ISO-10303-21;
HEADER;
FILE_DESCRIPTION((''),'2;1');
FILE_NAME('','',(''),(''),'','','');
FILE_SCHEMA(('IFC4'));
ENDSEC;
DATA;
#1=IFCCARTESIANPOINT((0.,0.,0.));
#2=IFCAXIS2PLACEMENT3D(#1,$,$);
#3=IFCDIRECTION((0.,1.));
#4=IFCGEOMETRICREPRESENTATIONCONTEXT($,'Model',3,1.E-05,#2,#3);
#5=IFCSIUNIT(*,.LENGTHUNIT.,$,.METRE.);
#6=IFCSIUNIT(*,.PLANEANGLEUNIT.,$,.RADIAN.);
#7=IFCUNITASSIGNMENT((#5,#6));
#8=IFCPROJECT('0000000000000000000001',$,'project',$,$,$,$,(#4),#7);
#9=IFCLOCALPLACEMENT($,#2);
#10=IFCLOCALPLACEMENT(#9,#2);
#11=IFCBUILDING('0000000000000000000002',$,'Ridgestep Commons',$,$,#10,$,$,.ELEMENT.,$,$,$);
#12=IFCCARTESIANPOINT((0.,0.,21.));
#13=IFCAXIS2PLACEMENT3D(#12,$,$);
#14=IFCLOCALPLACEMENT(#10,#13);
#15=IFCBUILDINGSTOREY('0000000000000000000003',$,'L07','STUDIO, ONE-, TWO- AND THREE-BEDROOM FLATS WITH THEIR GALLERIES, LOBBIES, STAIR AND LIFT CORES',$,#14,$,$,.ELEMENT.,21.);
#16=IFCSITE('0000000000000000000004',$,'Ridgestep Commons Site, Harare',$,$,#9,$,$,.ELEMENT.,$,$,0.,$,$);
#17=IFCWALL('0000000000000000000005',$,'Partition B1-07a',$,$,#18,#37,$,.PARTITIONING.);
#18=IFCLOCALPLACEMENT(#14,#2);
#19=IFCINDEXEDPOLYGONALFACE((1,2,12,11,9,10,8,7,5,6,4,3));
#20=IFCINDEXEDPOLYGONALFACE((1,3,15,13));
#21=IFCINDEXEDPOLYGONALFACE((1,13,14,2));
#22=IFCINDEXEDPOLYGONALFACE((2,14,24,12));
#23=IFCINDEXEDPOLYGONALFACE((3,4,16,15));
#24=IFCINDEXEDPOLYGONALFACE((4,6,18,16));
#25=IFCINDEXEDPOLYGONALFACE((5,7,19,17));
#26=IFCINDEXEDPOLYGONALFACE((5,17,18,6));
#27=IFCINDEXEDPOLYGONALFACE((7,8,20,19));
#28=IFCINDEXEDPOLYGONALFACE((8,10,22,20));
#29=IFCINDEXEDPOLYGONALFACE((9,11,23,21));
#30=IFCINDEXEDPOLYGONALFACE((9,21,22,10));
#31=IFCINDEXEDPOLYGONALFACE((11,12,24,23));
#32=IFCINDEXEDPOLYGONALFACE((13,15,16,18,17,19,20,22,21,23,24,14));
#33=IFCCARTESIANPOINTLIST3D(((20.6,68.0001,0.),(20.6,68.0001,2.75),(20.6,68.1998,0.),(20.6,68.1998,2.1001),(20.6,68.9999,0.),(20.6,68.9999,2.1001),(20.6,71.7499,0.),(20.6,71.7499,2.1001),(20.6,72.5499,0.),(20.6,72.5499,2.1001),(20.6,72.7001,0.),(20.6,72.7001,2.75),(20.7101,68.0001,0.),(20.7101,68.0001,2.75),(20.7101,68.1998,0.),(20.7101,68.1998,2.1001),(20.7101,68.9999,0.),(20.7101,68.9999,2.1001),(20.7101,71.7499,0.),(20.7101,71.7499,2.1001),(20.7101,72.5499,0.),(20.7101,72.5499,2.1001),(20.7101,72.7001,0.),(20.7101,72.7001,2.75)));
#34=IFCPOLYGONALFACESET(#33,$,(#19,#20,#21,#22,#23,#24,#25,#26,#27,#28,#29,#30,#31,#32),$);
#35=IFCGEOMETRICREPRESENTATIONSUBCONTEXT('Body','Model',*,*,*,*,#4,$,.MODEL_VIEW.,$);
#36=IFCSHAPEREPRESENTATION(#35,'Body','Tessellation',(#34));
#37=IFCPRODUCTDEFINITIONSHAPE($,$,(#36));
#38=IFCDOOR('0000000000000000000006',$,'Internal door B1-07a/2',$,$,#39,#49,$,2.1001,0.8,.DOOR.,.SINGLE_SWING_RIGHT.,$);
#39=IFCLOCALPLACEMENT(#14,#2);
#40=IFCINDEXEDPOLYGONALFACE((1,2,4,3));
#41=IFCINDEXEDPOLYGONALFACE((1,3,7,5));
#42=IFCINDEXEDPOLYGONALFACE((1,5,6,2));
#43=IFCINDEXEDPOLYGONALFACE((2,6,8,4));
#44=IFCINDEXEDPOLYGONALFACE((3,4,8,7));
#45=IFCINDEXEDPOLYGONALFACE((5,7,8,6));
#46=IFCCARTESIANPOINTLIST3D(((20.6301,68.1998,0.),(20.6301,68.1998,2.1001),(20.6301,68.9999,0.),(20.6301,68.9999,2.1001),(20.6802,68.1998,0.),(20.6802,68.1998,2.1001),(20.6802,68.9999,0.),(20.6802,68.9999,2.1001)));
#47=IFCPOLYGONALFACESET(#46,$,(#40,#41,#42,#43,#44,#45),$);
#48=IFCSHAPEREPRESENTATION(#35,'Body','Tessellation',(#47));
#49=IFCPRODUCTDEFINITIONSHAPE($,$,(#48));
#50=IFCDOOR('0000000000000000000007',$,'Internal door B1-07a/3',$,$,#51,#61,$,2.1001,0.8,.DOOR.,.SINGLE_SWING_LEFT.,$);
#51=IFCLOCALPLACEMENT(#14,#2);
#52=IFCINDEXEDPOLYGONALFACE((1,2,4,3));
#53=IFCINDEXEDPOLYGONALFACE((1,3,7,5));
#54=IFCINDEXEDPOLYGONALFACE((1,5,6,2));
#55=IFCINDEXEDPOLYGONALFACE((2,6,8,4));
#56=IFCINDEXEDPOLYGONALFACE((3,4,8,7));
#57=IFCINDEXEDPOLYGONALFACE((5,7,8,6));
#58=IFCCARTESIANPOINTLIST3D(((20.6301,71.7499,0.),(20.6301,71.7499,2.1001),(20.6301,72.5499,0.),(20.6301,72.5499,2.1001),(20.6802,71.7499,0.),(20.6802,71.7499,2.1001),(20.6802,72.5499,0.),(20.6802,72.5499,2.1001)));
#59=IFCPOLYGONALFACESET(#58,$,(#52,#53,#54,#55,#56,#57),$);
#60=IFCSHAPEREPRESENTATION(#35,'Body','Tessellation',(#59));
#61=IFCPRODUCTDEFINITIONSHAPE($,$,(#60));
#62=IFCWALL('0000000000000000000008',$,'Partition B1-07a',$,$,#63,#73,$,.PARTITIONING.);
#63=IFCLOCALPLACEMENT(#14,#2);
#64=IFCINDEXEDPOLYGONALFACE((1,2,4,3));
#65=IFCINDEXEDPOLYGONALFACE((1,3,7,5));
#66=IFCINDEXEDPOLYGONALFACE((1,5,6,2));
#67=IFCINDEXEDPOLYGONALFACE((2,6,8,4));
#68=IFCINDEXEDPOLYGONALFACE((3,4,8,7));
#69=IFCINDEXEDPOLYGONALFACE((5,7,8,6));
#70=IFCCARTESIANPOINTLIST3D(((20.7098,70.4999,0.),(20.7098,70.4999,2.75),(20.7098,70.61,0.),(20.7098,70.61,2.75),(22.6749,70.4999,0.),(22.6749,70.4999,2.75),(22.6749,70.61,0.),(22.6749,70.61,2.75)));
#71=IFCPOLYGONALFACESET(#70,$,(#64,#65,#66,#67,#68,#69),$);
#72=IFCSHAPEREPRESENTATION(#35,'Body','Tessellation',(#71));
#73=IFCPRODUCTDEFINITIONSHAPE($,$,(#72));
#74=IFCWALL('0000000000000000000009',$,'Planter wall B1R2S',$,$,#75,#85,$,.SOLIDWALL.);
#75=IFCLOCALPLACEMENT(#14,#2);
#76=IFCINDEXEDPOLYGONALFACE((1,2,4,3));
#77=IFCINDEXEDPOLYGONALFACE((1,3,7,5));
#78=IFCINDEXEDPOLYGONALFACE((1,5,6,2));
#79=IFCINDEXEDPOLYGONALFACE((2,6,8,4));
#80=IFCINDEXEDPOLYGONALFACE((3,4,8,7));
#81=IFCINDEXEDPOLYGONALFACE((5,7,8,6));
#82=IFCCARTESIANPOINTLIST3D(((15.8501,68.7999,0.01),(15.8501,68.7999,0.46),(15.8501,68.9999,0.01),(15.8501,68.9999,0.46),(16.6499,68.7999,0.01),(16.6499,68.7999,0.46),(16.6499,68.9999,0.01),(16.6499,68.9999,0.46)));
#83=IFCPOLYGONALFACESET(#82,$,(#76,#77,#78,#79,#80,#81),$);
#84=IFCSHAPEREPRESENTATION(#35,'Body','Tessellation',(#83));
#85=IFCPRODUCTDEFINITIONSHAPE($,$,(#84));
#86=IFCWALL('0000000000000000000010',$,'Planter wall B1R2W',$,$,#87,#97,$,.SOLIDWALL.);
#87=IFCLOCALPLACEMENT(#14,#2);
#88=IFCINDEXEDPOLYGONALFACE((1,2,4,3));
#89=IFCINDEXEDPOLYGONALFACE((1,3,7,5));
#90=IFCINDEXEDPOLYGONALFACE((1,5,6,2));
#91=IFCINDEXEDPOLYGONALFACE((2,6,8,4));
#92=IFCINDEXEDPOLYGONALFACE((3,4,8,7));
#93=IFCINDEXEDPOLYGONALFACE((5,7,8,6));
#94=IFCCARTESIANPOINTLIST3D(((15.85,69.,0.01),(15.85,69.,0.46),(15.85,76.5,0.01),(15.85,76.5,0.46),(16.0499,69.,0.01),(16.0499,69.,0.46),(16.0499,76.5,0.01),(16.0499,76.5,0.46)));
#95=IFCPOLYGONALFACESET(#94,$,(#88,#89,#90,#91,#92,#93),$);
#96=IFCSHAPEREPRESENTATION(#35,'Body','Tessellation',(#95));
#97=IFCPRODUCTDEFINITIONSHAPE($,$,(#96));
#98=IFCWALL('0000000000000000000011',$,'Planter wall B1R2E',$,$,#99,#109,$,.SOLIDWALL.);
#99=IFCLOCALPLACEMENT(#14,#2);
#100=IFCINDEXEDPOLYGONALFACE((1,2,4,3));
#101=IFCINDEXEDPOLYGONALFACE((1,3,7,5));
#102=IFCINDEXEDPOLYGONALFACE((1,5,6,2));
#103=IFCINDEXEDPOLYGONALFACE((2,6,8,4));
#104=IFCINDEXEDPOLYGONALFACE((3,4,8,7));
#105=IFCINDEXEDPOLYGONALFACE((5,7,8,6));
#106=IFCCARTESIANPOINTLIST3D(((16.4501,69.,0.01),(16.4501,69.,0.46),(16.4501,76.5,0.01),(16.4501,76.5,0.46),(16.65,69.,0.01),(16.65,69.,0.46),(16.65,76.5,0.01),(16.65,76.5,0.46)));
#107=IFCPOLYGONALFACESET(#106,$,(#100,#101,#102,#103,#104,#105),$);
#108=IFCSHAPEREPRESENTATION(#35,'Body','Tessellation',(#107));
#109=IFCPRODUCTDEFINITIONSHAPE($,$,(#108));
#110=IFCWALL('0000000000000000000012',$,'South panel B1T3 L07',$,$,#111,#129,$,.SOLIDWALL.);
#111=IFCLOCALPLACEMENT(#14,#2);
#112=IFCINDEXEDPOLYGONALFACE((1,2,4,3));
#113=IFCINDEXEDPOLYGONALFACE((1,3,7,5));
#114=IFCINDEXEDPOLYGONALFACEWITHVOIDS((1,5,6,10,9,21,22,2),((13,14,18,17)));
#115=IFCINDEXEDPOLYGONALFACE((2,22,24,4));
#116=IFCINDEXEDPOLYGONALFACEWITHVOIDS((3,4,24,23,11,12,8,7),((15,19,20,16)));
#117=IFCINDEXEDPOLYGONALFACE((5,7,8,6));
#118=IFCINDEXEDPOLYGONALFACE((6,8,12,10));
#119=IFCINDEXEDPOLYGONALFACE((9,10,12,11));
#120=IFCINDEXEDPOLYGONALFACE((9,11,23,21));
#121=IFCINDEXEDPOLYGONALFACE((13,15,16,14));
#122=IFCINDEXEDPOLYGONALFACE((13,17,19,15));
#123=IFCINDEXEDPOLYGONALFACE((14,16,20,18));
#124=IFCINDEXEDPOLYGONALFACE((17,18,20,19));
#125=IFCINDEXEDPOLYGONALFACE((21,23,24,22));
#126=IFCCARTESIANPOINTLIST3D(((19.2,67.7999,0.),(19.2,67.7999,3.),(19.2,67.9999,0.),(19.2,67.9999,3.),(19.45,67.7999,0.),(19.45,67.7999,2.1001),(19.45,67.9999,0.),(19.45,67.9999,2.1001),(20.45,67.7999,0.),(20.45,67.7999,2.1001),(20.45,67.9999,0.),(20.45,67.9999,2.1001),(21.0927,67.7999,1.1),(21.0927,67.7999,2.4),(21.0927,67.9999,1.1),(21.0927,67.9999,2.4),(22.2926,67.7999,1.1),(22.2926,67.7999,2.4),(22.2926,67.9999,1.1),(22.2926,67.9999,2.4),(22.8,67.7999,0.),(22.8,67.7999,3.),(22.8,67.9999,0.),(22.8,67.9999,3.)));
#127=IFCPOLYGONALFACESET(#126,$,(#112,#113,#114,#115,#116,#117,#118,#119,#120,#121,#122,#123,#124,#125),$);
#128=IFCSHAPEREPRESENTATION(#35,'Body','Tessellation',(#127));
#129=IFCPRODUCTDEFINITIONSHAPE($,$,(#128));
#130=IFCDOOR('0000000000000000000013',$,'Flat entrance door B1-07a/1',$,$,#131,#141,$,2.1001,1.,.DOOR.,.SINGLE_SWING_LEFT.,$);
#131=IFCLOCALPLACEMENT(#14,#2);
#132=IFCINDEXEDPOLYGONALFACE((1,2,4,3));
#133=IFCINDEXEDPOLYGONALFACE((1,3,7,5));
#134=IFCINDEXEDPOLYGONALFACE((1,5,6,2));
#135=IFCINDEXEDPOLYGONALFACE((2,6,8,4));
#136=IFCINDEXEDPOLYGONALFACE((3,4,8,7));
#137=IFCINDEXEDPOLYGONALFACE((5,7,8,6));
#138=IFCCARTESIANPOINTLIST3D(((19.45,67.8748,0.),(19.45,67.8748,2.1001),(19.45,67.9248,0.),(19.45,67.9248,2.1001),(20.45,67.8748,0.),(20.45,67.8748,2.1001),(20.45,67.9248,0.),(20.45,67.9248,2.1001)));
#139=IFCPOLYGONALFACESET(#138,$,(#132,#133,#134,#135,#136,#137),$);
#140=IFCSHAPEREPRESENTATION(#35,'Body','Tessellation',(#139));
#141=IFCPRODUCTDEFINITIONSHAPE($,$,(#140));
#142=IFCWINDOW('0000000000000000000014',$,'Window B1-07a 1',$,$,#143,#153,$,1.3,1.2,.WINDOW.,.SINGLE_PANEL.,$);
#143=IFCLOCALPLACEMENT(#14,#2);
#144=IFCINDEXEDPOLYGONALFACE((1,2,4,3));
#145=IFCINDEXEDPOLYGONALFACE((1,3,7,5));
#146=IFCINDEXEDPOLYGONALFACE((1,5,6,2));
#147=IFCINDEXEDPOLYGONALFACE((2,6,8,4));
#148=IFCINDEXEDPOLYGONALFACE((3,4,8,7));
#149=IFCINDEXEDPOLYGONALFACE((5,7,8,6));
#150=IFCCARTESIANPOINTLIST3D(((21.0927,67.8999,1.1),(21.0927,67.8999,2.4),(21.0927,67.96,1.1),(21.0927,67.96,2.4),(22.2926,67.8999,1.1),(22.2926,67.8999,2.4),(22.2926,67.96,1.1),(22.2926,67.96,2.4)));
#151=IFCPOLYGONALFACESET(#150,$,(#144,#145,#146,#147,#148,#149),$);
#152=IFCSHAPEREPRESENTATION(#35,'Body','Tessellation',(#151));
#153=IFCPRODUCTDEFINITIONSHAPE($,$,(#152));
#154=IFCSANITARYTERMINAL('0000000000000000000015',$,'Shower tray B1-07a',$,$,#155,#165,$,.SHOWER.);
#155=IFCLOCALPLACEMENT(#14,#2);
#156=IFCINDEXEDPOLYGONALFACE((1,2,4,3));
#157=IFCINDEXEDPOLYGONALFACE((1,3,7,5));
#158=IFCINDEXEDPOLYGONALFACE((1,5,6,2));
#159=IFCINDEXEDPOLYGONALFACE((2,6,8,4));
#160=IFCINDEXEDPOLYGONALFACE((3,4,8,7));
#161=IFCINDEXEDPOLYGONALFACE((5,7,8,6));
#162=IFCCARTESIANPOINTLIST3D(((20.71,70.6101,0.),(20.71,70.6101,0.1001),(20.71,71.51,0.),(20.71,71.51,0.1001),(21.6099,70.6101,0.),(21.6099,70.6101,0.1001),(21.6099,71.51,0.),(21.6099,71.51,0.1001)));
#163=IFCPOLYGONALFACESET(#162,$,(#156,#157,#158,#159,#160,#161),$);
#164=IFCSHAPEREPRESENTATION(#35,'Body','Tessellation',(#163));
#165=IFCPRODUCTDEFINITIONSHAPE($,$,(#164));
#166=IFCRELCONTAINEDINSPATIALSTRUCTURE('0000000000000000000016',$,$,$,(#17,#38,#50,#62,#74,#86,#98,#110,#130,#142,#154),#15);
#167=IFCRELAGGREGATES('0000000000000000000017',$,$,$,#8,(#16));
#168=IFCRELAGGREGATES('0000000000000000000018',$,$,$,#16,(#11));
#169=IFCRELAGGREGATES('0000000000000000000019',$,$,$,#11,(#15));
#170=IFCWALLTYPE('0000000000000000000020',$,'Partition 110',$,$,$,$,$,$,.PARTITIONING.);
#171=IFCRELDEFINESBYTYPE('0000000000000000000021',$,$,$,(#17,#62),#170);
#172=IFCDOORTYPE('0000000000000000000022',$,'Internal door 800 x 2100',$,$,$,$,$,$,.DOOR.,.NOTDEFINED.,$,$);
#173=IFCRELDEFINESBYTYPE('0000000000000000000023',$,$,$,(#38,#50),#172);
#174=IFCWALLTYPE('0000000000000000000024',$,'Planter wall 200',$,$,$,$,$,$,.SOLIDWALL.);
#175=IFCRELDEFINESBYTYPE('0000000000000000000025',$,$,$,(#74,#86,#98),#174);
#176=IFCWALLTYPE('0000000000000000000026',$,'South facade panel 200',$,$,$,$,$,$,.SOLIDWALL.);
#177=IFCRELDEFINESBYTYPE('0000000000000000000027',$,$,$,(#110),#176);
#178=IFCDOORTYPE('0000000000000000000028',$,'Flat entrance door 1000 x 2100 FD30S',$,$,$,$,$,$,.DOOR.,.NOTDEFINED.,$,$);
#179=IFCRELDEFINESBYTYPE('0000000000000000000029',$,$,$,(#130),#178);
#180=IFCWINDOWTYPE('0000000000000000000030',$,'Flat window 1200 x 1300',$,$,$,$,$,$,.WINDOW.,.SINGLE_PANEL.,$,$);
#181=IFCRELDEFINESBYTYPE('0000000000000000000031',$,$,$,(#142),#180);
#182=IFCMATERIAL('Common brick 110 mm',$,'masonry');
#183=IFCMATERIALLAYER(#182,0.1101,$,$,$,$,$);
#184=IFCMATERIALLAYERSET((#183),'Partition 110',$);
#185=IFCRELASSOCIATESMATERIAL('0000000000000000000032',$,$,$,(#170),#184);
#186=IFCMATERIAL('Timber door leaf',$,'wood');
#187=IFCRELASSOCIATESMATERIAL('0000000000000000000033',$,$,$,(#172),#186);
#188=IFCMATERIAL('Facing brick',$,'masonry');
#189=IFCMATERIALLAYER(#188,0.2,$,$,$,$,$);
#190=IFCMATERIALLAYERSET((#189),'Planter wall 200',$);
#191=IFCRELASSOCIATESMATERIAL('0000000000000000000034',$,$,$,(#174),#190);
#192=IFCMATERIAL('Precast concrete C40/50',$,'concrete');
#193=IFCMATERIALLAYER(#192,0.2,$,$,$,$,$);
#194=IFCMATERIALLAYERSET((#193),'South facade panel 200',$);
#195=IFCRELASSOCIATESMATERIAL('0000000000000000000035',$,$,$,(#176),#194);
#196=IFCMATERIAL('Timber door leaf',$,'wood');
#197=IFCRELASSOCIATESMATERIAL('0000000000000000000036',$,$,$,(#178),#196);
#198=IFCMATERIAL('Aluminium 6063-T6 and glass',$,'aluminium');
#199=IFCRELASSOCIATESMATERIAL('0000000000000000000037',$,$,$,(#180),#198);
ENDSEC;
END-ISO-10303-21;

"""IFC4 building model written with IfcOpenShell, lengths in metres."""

from ifc_helpers import new_model, si_unit, direction, frame, frame_2d, origin, origin_2d, place, context, subcontext, project, spatial, rectangle, extrude, material, layer, layer_set, type_object, element, fill, save


model = new_model("IFC4")

# Units and contexts
model_context = context("Model", 3, precision=1e-05, world=origin(), true_north=direction((0.0, 1.0)))
body_context = subcontext(model_context, "Body", "Model", "MODEL_VIEW")
ifc_project = project(units=[si_unit("LENGTHUNIT", "METRE"), si_unit("PLANEANGLEUNIT", "RADIAN")], contexts=[model_context])

# Site, building, storey
site_placement = place(None, origin())
site = spatial("IfcSite", under=ifc_project, at=site_placement, Name="Ridgestep Commons Site, Harare", CompositionType="ELEMENT", RefElevation=0.0)
building_placement = place(site_placement, origin())
building = spatial("IfcBuilding", under=site, at=building_placement, Name="Ridgestep Commons", CompositionType="ELEMENT")
storey_placement = place(building_placement, frame((0.0, 0.0, 21.0)))
storey = spatial("IfcBuildingStorey", under=building, at=storey_placement, Name="L07", Description="STUDIO, ONE-, TWO- AND THREE-BEDROOM FLATS WITH THEIR GALLERIES, LOBBIES, STAIR AND LIFT CORES", CompositionType="ELEMENT", Elevation=21.0)

# Wall, openings, doors
ifc_material_1 = material(Name="Common brick 110 mm", Category="masonry")
ifc_layer_1 = layer(ifc_material_1, 0.1101)
ifc_layer_set_1 = layer_set([ifc_layer_1], Name="Partition 110")
wall_type_1 = type_object("IfcWallType", Name="Partition 110", PredefinedType="PARTITIONING", material=ifc_layer_set_1)
wall_1_placement = place(storey_placement, frame((20.655, 68.0, 0.0), z_axis=(0.0, 0.0, 1.0), x_axis=(0.0, 1.0, 0.0)))
wall_1 = element("IfcWall", 1, at=wall_1_placement, inside=storey, type_object=wall_type_1, Name="Partition B1-07a", PredefinedType="PARTITIONING", context=body_context, shape_type="SweptSolid", body=[
    extrude(rectangle(XDim=4.7, YDim=0.1101, at=frame_2d((2.3501, 0.0))), origin(), (0.0, 0.0, 1.0), 2.75),
])
opening_1_placement = place(wall_1_placement, frame((0.2, 0.0, 0.0)))
opening_1 = element("IfcOpeningElement", 2, at=opening_1_placement, cuts=wall_1, PredefinedType="OPENING", context=body_context, shape_type="SweptSolid", body=[
    extrude(rectangle(XDim=0.8, YDim=2.1001, at=frame_2d((0.3999, 1.05))), frame((0.0, 0.0649, 0.0), z_axis=(0.0, -1.0, 0.0), x_axis=(1.0, 0.0, 0.0)), (0.0, 0.0, 1.0), 0.1301),
])
opening_2_placement = place(wall_1_placement, frame((3.75, 0.0, 0.0)))
opening_2 = element("IfcOpeningElement", 3, at=opening_2_placement, cuts=wall_1, PredefinedType="OPENING", context=body_context, shape_type="SweptSolid", body=[
    extrude(rectangle(XDim=0.8, YDim=2.1001, at=frame_2d((0.3999, 1.05))), frame((0.0, 0.0649, 0.0), z_axis=(0.0, -1.0, 0.0), x_axis=(1.0, 0.0, 0.0)), (0.0, 0.0, 1.0), 0.1301),
])
ifc_material_2 = material(Name="Timber door leaf", Category="wood")
door_type_1 = type_object("IfcDoorType", Name="Internal door 800 x 2100", OperationType="NOTDEFINED", PredefinedType="DOOR", material=ifc_material_2)
door_1_placement = place(opening_1_placement, origin())
door_1 = element("IfcDoor", 4, at=door_1_placement, inside=storey, type_object=door_type_1, Name="Internal door B1-07a/2", OperationType="SINGLE_SWING_RIGHT", OverallHeight=2.1001, OverallWidth=0.8, PredefinedType="DOOR", context=body_context, shape_type="SweptSolid", body=[
    extrude(rectangle(XDim=0.8, YDim=2.1001, at=frame_2d((0.3999, 1.05))), frame((0.0, 0.0249, 0.0), z_axis=(0.0, -1.0, 0.0), x_axis=(1.0, 0.0, 0.0)), (0.0, 0.0, 1.0), 0.05),
])
fill(opening_1, door_1)
door_2_placement = place(opening_2_placement, origin())
door_2 = element("IfcDoor", 5, at=door_2_placement, inside=storey, type_object=door_type_1, Name="Internal door B1-07a/3", OperationType="SINGLE_SWING_LEFT", OverallHeight=2.1001, OverallWidth=0.8, PredefinedType="DOOR", context=body_context, shape_type="SweptSolid", body=[
    extrude(rectangle(XDim=0.8, YDim=2.1001, at=frame_2d((0.3999, 1.05))), frame((0.0, 0.0249, 0.0), z_axis=(0.0, -1.0, 0.0), x_axis=(1.0, 0.0, 0.0)), (0.0, 0.0, 1.0), 0.05),
])
fill(opening_2, door_2)

# Walls
wall_2_placement = place(storey_placement, frame((20.71, 70.5549, 0.0), z_axis=(0.0, 0.0, 1.0), x_axis=(1.0, 0.0, 0.0)))
element("IfcWall", 6, at=wall_2_placement, inside=storey, type_object=wall_type_1, Name="Partition B1-07a", PredefinedType="PARTITIONING", context=body_context, shape_type="SweptSolid", body=[
    extrude(rectangle(XDim=1.9651, YDim=0.1101, at=frame_2d((0.9824, 0.0))), origin(), (0.0, 0.0, 1.0), 2.75),
])
ifc_material_3 = material(Name="Facing brick", Category="masonry")
ifc_layer_2 = layer(ifc_material_3, 0.2)
ifc_layer_set_2 = layer_set([ifc_layer_2], Name="Planter wall 200")
wall_type_2 = type_object("IfcWallType", Name="Planter wall 200", PredefinedType="SOLIDWALL", material=ifc_layer_set_2)
wall_3_placement = place(storey_placement, frame((15.8501, 68.8999, 0.01), z_axis=(0.0, 0.0, 1.0), x_axis=(1.0, 0.0, 0.0)))
element("IfcWall", 7, at=wall_3_placement, inside=storey, type_object=wall_type_2, Name="Planter wall B1R2S", PredefinedType="SOLIDWALL", context=body_context, shape_type="SweptSolid", body=[
    extrude(rectangle(XDim=0.7998, YDim=0.2, at=frame_2d((0.3999, 0.0))), origin(), (0.0, 0.0, 1.0), 0.45),
])
for number, where, z_axis, x_axis, name in (
    (8, (15.95, 69.0, 0.01), (0.0, 0.0, 1.0), (0.0, 1.0, 0.0), "Planter wall B1R2W"),
    (9, (16.55, 69.0, 0.01), (0.0, 0.0, 1.0), (0.0, 1.0, 0.0), "Planter wall B1R2E"),
):
    element("IfcWall", number, at=place(storey_placement, frame(where, z_axis=z_axis, x_axis=x_axis)), inside=storey, type_object=wall_type_2, Name=name, PredefinedType="SOLIDWALL", context=body_context, shape_type="SweptSolid", body=[
        extrude(rectangle(XDim=7.5, YDim=0.2, at=frame_2d((3.75, 0.0))), origin(), (0.0, 0.0, 1.0), 0.45),
    ])

# Wall, openings, door, window
ifc_material_4 = material(Name="Precast concrete C40/50", Category="concrete")
ifc_layer_3 = layer(ifc_material_4, 0.2)
ifc_layer_set_3 = layer_set([ifc_layer_3], Name="South facade panel 200")
wall_type_3 = type_object("IfcWallType", Name="South facade panel 200", PredefinedType="SOLIDWALL", material=ifc_layer_set_3)
wall_4_placement = place(storey_placement, frame((19.2, 67.8999, 0.0), z_axis=(0.0, 0.0, 1.0), x_axis=(1.0, 0.0, 0.0)))
wall_4 = element("IfcWall", 10, at=wall_4_placement, inside=storey, type_object=wall_type_3, Name="South panel B1T3 L07", PredefinedType="SOLIDWALL", context=body_context, shape_type="SweptSolid", body=[
    extrude(rectangle(XDim=3.6001, YDim=0.2, at=frame_2d((1.8, 0.0))), origin(), (0.0, 0.0, 1.0), 3.0),
])
opening_3_placement = place(wall_4_placement, frame((1.8926, 0.0, 1.1001)))
opening_3 = element("IfcOpeningElement", 11, at=opening_3_placement, cuts=wall_4, PredefinedType="OPENING", context=body_context, shape_type="SweptSolid", body=[
    extrude(rectangle(XDim=1.2, YDim=1.3, at=frame_2d((0.6001, 0.6499))), frame((0.0, 0.1099, 0.0), z_axis=(0.0, -1.0, 0.0), x_axis=(1.0, 0.0, 0.0)), (0.0, 0.0, 1.0), 0.22),
])
opening_4_placement = place(wall_4_placement, frame((0.25, 0.0, 0.0)))
opening_4 = element("IfcOpeningElement", 12, at=opening_4_placement, cuts=wall_4, PredefinedType="OPENING", context=body_context, shape_type="SweptSolid", body=[
    extrude(rectangle(XDim=1.0, YDim=2.1001, at=frame_2d((0.5, 1.05))), frame((0.0, 0.1099, 0.0), z_axis=(0.0, -1.0, 0.0), x_axis=(1.0, 0.0, 0.0)), (0.0, 0.0, 1.0), 0.22),
])
ifc_material_5 = material(Name="Timber door leaf", Category="wood")
door_type_2 = type_object("IfcDoorType", Name="Flat entrance door 1000 x 2100 FD30S", OperationType="NOTDEFINED", PredefinedType="DOOR", material=ifc_material_5)
door_3_placement = place(opening_4_placement, origin())
door_3 = element("IfcDoor", 13, at=door_3_placement, inside=storey, type_object=door_type_2, Name="Flat entrance door B1-07a/1", OperationType="SINGLE_SWING_LEFT", OverallHeight=2.1001, OverallWidth=1.0, PredefinedType="DOOR", context=body_context, shape_type="SweptSolid", body=[
    extrude(rectangle(XDim=1.0, YDim=2.1001, at=frame_2d((0.5, 1.05))), frame((0.0, 0.0249, 0.0), z_axis=(0.0, -1.0, 0.0), x_axis=(1.0, 0.0, 0.0)), (0.0, 0.0, 1.0), 0.05),
])
fill(opening_4, door_3)
ifc_material_6 = material(Name="Aluminium 6063-T6 and glass", Category="aluminium")
window_type_1 = type_object("IfcWindowType", Name="Flat window 1200 x 1300", PartitioningType="SINGLE_PANEL", PredefinedType="WINDOW", material=ifc_material_6)
window_1_placement = place(opening_3_placement, origin())
window_1 = element("IfcWindow", 14, at=window_1_placement, inside=storey, type_object=window_type_1, Name="Window B1-07a 1", OverallHeight=1.3, OverallWidth=1.2, PartitioningType="SINGLE_PANEL", PredefinedType="WINDOW", context=body_context, shape_type="SweptSolid", body=[
    extrude(rectangle(XDim=1.2, YDim=1.3, at=frame_2d((0.6001, 0.6499))), frame((0.0, 0.0601, 0.0), z_axis=(0.0, -1.0, 0.0), x_axis=(1.0, 0.0, 0.0)), (0.0, 0.0, 1.0), 0.0601),
])
fill(opening_3, window_1)

# Sanitary terminal
sanitary_terminal_1_placement = place(storey_placement, frame((21.1599, 71.0601, 0.0), z_axis=(0.0, 0.0, 1.0), x_axis=(1.0, 0.0, 0.0)))
element("IfcSanitaryTerminal", 15, at=sanitary_terminal_1_placement, inside=storey, Name="Shower tray B1-07a", PredefinedType="SHOWER", context=body_context, shape_type="SweptSolid", body=[
    extrude(rectangle(XDim=0.8999, YDim=0.8999, at=origin_2d()), origin(), (0.0, 0.0, 1.0), 0.1001),
])

save(model, "model.ifc")
